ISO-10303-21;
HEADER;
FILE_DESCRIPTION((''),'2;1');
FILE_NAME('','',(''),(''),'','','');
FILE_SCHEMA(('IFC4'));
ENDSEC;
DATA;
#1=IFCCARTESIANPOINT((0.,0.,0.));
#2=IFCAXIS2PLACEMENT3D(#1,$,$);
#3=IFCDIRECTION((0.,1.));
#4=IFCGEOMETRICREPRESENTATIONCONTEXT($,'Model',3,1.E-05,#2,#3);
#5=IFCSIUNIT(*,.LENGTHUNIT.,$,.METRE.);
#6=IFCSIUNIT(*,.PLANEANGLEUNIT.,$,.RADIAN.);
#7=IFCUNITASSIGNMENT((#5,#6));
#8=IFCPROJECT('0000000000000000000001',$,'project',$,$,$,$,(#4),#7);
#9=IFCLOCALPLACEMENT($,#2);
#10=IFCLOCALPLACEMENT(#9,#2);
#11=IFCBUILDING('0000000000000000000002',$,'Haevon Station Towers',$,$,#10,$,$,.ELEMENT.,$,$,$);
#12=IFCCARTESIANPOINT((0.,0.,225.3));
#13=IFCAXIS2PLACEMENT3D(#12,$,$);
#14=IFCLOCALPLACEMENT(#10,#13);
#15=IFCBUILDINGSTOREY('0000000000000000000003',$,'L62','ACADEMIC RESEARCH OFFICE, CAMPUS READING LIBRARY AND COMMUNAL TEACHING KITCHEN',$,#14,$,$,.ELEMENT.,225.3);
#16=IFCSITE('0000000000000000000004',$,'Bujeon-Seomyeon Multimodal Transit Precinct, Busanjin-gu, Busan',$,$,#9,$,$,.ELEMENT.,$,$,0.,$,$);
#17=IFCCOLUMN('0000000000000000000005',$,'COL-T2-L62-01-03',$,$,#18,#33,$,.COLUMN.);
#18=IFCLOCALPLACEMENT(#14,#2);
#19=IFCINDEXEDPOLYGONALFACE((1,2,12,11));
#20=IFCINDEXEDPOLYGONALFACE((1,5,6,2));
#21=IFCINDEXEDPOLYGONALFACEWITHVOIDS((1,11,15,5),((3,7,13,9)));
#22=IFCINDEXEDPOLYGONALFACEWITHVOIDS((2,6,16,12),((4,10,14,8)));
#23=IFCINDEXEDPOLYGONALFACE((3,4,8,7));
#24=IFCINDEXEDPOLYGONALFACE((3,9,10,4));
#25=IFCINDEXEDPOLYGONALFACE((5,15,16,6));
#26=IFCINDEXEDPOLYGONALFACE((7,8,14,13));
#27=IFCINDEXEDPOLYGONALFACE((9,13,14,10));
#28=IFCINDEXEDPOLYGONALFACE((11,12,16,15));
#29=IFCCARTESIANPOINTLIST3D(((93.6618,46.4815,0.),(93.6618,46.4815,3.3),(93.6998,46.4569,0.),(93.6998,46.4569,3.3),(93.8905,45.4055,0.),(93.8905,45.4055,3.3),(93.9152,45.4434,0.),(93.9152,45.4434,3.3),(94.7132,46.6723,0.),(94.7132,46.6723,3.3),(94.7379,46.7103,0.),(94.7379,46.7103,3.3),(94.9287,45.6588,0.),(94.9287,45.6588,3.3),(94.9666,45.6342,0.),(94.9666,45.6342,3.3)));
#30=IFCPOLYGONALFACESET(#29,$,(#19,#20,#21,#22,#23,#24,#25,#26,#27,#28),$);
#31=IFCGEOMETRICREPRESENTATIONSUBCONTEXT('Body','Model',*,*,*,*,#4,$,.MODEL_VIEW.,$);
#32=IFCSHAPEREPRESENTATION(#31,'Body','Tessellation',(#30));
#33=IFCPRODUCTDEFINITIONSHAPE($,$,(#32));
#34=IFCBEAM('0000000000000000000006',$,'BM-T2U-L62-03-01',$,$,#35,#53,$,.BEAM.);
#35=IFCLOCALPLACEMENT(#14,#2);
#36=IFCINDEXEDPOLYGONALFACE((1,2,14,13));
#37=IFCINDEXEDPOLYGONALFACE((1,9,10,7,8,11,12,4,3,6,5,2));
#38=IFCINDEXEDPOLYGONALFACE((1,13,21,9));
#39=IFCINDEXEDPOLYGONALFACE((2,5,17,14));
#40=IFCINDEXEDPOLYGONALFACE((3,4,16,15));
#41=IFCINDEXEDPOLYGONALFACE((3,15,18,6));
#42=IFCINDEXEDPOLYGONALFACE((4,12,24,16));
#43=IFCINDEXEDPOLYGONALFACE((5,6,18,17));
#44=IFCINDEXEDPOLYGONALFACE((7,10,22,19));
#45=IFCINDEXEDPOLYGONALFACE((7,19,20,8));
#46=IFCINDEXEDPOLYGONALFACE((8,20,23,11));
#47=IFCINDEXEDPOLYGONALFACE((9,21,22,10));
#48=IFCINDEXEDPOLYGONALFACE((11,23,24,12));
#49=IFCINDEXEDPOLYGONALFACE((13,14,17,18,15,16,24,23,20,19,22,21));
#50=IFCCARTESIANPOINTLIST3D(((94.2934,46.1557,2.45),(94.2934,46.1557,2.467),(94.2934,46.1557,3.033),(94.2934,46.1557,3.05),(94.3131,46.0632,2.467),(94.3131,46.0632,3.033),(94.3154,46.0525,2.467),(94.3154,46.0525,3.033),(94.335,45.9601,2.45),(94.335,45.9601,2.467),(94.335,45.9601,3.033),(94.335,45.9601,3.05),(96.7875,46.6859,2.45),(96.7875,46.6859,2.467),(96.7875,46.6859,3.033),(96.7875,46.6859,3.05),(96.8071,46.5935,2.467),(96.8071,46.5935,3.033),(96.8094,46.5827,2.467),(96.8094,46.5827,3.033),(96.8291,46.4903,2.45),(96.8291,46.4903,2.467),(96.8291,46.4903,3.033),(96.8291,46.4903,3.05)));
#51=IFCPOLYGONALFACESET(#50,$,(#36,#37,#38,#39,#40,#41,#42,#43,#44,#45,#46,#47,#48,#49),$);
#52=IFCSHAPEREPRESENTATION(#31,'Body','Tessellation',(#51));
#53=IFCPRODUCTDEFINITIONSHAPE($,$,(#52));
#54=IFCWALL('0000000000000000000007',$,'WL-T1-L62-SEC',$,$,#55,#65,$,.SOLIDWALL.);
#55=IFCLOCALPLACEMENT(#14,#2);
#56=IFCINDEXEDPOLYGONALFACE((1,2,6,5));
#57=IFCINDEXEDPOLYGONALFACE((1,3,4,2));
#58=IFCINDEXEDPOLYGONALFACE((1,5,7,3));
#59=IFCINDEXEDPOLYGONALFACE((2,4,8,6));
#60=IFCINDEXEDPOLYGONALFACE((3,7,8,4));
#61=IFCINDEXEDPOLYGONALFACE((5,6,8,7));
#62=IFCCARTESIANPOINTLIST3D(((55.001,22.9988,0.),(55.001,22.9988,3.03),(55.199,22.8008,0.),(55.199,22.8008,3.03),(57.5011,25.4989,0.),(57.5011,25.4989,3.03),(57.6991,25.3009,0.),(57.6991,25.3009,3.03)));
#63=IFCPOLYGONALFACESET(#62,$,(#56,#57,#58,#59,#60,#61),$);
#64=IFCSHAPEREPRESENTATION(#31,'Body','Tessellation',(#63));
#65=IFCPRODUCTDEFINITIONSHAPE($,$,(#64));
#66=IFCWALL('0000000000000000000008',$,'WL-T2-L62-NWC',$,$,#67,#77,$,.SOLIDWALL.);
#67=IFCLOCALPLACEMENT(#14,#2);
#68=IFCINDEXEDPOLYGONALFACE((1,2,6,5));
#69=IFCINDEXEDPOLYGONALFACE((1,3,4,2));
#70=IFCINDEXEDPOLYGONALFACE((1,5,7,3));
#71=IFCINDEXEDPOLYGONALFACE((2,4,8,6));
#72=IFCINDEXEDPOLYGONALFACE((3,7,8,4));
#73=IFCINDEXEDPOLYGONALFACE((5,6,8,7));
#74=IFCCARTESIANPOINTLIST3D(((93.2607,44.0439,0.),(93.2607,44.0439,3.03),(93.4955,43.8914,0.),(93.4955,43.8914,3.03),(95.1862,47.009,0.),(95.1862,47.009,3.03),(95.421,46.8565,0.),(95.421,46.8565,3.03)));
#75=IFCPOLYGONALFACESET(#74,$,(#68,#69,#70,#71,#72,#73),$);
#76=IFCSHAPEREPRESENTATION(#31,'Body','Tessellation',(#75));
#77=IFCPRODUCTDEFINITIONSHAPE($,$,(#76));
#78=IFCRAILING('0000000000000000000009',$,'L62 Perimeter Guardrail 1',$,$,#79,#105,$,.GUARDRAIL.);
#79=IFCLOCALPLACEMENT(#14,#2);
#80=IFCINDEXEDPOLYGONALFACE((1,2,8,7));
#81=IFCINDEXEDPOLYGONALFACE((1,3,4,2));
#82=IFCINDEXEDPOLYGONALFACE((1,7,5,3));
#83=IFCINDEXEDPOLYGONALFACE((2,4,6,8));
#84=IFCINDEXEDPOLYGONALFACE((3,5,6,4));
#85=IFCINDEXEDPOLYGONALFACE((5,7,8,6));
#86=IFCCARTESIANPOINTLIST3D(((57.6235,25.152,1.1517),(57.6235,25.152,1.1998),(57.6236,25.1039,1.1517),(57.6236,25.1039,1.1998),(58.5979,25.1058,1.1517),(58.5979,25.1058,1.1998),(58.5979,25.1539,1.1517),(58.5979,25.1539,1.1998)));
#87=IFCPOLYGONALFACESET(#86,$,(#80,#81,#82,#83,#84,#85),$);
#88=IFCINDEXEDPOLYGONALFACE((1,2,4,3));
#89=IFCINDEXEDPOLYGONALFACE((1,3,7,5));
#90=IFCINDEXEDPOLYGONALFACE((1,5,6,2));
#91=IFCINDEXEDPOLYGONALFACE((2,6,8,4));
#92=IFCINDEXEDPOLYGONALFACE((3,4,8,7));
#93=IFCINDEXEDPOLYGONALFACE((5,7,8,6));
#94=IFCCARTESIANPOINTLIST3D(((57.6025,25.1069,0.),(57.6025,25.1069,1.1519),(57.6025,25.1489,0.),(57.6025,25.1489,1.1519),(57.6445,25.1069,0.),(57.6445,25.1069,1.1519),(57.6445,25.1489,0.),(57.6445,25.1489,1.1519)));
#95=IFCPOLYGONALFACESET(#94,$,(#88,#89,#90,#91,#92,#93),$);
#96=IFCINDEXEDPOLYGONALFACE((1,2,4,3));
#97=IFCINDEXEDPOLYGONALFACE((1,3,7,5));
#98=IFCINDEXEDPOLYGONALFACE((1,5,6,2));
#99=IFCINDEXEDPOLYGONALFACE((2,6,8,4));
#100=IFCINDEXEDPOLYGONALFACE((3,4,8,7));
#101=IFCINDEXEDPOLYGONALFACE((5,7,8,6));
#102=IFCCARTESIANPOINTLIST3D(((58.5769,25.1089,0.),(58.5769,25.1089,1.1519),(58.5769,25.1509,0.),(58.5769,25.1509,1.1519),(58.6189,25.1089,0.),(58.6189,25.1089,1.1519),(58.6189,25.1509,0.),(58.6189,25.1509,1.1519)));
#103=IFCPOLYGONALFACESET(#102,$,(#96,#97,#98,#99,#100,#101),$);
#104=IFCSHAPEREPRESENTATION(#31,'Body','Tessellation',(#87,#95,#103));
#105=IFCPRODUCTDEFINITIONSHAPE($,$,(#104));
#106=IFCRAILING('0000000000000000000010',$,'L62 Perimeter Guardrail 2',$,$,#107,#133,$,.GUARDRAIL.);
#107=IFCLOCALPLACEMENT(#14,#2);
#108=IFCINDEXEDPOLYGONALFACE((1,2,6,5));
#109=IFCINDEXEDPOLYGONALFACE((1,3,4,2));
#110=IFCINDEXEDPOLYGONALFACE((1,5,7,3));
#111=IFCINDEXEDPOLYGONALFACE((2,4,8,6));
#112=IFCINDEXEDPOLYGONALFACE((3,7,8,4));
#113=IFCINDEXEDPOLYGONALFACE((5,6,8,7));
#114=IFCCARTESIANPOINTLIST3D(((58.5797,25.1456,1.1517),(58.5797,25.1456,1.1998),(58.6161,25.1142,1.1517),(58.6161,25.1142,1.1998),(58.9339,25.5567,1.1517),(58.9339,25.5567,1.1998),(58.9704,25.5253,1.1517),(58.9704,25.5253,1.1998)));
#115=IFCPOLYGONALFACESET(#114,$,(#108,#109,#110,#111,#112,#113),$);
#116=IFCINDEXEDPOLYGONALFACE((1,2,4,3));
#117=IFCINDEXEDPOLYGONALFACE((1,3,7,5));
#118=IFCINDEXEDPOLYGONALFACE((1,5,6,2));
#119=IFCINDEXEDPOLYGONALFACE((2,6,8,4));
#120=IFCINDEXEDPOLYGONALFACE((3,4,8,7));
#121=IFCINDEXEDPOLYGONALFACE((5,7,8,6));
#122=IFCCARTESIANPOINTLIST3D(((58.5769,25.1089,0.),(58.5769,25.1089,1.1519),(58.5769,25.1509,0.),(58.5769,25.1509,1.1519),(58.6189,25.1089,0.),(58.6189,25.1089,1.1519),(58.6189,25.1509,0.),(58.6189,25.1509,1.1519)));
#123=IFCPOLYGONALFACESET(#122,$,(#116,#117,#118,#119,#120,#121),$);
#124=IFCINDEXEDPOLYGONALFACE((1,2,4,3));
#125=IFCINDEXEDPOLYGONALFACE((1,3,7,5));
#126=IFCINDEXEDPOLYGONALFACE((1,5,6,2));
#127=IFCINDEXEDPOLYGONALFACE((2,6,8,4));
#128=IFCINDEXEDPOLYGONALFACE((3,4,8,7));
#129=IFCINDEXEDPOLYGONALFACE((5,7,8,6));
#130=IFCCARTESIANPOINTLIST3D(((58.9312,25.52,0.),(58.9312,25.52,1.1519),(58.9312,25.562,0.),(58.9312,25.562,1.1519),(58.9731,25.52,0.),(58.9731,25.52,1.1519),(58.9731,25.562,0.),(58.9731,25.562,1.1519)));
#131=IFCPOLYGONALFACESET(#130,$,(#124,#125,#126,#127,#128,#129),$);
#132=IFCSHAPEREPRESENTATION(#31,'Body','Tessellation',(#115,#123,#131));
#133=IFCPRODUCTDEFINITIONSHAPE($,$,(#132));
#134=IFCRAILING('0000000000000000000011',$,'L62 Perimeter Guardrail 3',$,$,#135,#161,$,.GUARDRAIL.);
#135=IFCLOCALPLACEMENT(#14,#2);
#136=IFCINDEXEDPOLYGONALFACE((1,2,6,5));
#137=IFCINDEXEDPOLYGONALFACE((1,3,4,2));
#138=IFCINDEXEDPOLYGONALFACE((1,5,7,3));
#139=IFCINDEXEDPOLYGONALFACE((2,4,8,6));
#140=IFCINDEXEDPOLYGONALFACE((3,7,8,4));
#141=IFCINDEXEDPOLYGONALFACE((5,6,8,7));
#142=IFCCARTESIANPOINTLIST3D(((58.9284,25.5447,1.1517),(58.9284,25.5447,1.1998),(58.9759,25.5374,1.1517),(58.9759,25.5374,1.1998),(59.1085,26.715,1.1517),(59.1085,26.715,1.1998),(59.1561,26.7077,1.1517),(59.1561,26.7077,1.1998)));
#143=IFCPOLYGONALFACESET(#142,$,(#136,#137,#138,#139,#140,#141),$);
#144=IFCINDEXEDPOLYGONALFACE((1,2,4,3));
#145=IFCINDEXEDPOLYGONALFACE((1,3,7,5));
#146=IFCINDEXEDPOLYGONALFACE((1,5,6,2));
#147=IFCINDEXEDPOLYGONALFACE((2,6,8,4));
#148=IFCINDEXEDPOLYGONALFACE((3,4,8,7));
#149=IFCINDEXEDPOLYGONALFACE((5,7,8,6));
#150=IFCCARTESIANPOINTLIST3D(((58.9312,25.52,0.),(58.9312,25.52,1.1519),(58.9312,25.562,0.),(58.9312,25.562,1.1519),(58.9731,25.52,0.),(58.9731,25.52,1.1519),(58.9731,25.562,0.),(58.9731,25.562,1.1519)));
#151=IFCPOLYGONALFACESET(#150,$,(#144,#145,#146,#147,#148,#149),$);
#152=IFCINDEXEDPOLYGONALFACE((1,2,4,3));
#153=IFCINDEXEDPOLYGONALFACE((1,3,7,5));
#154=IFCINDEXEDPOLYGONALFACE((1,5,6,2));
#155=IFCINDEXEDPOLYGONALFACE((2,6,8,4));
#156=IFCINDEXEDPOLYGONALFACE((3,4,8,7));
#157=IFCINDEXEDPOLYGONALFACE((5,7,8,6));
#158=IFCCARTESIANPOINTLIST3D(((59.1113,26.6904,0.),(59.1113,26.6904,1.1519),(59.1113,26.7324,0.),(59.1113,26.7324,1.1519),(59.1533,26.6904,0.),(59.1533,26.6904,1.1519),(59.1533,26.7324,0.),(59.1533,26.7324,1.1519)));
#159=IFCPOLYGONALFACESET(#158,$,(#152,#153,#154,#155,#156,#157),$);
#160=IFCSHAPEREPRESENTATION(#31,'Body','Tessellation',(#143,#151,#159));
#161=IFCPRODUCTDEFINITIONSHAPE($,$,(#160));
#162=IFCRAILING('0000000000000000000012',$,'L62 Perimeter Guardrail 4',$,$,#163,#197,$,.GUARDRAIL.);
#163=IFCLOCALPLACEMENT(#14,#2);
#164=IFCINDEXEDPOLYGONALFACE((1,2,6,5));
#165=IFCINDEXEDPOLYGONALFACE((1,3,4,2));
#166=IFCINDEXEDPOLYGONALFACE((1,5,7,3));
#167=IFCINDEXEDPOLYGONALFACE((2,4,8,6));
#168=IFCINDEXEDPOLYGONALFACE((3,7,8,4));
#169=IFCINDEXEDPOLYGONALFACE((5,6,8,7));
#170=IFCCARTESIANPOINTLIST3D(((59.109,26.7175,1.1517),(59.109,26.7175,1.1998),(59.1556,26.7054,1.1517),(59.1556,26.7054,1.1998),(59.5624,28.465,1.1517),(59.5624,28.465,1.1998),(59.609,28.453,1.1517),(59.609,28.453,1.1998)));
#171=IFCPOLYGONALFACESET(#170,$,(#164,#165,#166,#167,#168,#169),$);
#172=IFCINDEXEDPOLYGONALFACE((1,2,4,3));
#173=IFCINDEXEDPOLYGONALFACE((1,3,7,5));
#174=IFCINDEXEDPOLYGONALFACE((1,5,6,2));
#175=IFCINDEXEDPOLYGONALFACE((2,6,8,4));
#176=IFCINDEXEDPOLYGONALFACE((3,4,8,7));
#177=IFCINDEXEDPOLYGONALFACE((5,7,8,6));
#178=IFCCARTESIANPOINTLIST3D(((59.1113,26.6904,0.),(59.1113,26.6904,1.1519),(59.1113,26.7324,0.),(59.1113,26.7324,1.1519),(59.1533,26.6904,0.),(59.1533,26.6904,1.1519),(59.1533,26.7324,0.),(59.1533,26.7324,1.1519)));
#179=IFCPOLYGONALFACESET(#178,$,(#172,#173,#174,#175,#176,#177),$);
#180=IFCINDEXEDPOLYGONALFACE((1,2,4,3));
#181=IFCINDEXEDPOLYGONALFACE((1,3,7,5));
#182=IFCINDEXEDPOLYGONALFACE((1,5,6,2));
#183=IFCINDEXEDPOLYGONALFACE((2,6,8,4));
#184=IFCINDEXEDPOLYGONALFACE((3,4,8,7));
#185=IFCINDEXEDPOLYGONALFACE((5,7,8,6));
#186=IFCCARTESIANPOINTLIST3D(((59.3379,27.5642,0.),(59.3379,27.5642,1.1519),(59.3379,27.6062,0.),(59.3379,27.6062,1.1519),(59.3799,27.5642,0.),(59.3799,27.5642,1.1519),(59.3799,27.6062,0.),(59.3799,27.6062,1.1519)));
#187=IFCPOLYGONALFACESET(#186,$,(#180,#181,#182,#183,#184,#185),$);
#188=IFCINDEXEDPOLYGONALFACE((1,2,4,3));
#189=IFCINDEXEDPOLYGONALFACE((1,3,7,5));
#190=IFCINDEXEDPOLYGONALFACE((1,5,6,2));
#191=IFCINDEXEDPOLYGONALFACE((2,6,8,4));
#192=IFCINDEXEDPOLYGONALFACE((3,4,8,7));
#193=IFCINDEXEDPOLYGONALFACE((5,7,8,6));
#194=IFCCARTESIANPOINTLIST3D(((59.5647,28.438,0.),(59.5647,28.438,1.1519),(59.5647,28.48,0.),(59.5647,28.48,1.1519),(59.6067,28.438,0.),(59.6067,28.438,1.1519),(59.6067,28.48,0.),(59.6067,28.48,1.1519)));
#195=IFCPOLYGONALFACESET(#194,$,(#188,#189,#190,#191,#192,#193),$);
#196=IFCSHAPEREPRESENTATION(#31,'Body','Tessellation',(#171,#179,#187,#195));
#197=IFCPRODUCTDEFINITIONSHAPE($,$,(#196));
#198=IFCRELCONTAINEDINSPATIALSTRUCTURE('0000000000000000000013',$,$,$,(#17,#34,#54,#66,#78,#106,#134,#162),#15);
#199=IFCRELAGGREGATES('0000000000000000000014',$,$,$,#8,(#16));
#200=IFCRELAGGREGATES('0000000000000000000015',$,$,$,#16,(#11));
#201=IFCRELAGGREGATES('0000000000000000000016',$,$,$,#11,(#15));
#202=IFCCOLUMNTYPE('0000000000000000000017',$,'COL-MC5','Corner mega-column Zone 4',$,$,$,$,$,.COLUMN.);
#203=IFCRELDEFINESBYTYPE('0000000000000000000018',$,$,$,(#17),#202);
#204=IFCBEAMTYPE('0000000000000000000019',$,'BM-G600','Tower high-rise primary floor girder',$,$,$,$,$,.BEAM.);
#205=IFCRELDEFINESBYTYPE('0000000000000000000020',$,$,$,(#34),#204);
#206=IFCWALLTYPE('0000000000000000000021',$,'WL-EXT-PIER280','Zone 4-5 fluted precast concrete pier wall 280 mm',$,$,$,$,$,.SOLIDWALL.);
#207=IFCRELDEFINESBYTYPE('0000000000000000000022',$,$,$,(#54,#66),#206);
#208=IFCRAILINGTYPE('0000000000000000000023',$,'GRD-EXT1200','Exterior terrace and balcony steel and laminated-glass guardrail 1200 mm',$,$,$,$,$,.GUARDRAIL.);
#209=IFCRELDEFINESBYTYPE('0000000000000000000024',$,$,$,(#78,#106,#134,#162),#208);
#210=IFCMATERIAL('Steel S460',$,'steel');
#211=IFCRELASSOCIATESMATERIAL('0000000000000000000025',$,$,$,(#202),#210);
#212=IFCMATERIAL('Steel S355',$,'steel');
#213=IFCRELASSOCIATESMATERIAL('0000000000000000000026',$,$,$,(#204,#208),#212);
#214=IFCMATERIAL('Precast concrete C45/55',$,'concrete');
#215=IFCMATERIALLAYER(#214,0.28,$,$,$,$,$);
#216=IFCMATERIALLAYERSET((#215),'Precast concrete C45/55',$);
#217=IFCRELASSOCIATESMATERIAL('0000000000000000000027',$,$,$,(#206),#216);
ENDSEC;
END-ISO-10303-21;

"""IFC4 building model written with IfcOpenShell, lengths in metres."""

from ifc_helpers import new_model, si_unit, direction, frame, frame_2d, origin, origin_2d, place, context, subcontext, project, spatial, rectangle, hollow_rectangle, i_section, extrude, material, layer, layer_set, material_profile, profile_set, type_object, element, save


model = new_model("IFC4")

# Units and contexts
model_context = context("Model", 3, precision=1e-05, world=origin(), true_north=direction((0.0, 1.0)))
body_context = subcontext(model_context, "Body", "Model", "MODEL_VIEW")
ifc_project = project(units=[si_unit("LENGTHUNIT", "METRE"), si_unit("PLANEANGLEUNIT", "RADIAN")], contexts=[model_context])

# Site, building, storey
site_placement = place(None, origin())
site = spatial("IfcSite", under=ifc_project, at=site_placement, Name="Bujeon-Seomyeon Multimodal Transit Precinct, Busanjin-gu, Busan", CompositionType="ELEMENT", RefElevation=0.0)
building_placement = place(site_placement, origin())
building = spatial("IfcBuilding", under=site, at=building_placement, Name="Haevon Station Towers", CompositionType="ELEMENT")
storey_placement = place(building_placement, frame((0.0, 0.0, 225.3)))
storey = spatial("IfcBuildingStorey", under=building, at=storey_placement, Name="L62", Description="ACADEMIC RESEARCH OFFICE, CAMPUS READING LIBRARY AND COMMUNAL TEACHING KITCHEN", CompositionType="ELEMENT", Elevation=225.3)

# Column
ifc_material_1 = material(Name="Steel S460", Category="steel")
ifc_material_profile_1 = material_profile(ifc_material_1, hollow_rectangle(XDim=1.1001, YDim=1.1001, WallThickness=0.032, at=origin_2d()), Name="BOX-1100x1100x32")
ifc_profile_set_1 = profile_set([ifc_material_profile_1], Name="Steel S460")
column_type = type_object("IfcColumnType", Name="COL-MC5", Description="Corner mega-column Zone 4", PredefinedType="COLUMN", material=ifc_profile_set_1)
column_placement = place(storey_placement, frame((94.3142, 46.0579, 0.0), z_axis=(0.0, 0.0, 1.0), x_axis=(0.978148, 0.207912, 0.0)))
element("IfcColumn", 1, at=column_placement, inside=storey, type_object=column_type, Name="COL-T2-L62-01-03", PredefinedType="COLUMN", context=body_context, shape_type="SweptSolid", body=[
    extrude(hollow_rectangle(XDim=1.1001, YDim=1.1001, WallThickness=0.032, at=origin_2d()), origin(), (0.0, 0.0, 1.0), 3.3),
])

# Beam
ifc_material_2 = material(Name="Steel S355", Category="steel")
ifc_material_profile_2 = material_profile(ifc_material_2, i_section(OverallWidth=0.2, OverallDepth=0.6001, WebThickness=0.011, FlangeThickness=0.0171, at=origin_2d()), Name="H-600x200x11x17")
ifc_profile_set_2 = profile_set([ifc_material_profile_2], Name="Steel S355")
beam_type = type_object("IfcBeamType", Name="BM-G600", Description="Tower high-rise primary floor girder", PredefinedType="BEAM", material=ifc_profile_set_2)
beam_placement = place(storey_placement, frame((94.3142, 46.0579, 2.75), z_axis=(0.978137, 0.20796, 0.0), x_axis=(-0.20796, 0.978137, 0.0)))
element("IfcBeam", 2, at=beam_placement, inside=storey, type_object=beam_type, Name="BM-T2U-L62-03-01", PredefinedType="BEAM", context=body_context, shape_type="SweptSolid", body=[
    extrude(i_section(OverallWidth=0.2, OverallDepth=0.6001, WebThickness=0.011, FlangeThickness=0.0171, at=origin_2d()), origin(), (0.0, 0.0, 1.0), 2.5498),
])

# Walls
ifc_material_3 = material(Name="Precast concrete C45/55", Category="concrete")
ifc_layer_1 = layer(ifc_material_3, 0.28)
ifc_layer_set_1 = layer_set([ifc_layer_1], Name="Precast concrete C45/55")
wall_type = type_object("IfcWallType", Name="WL-EXT-PIER280", Description="Zone 4-5 fluted precast concrete pier wall 280 mm", PredefinedType="SOLIDWALL", material=ifc_layer_set_1)
wall_1_placement = place(storey_placement, frame((57.6001, 25.3999, 0.0), z_axis=(0.0, 0.0, 1.0), x_axis=(-0.707107, -0.707107, 0.0)))
element("IfcWall", 3, at=wall_1_placement, inside=storey, type_object=wall_type, Name="WL-T1-L62-SEC", PredefinedType="SOLIDWALL", context=body_context, shape_type="SweptSolid", body=[
    extrude(rectangle(XDim=3.5356, YDim=0.28, at=frame_2d((1.7678, 0.0))), origin(), (0.0, 0.0, 1.0), 3.03),
])
wall_2_placement = place(storey_placement, frame((93.3782, 43.9678, 0.0), z_axis=(0.0, 0.0, 1.0), x_axis=(0.544636, 0.838672, 0.0)))
element("IfcWall", 4, at=wall_2_placement, inside=storey, type_object=wall_type, Name="WL-T2-L62-NWC", PredefinedType="SOLIDWALL", context=body_context, shape_type="SweptSolid", body=[
    extrude(rectangle(XDim=3.5354, YDim=0.28, at=frame_2d((1.7676, 0.0))), origin(), (0.0, 0.0, 1.0), 3.03),
])

# Railings
railing_type = type_object("IfcRailingType", Name="GRD-EXT1200", Description="Exterior terrace and balcony steel and laminated-glass guardrail 1200 mm", PredefinedType="GUARDRAIL", material=ifc_material_2)
railing_1_placement = place(storey_placement, frame((57.6235, 25.1279, 0.0)))
element("IfcRailing", 5, at=railing_1_placement, inside=storey, type_object=railing_type, Name="L62 Perimeter Guardrail 1", PredefinedType="GUARDRAIL", context=body_context, shape_type="SweptSolid", body=[
    extrude(rectangle(XDim=0.0481, YDim=0.0481, at=origin_2d()), frame((0.0, 0.0, 1.1758), z_axis=(0.999998, 0.002005, 0.0), x_axis=(-0.002005, 0.999998, 0.0)), (0.0, 0.0, 1.0), 0.9744),
    extrude(rectangle(XDim=0.042, YDim=0.042, at=origin_2d()), origin(), (0.0, 0.0, 1.0), 1.1519),
    extrude(rectangle(XDim=0.042, YDim=0.042, at=origin_2d()), frame((0.9744, 0.002, 0.0)), (0.0, 0.0, 1.0), 1.1519),
])
railing_2_placement = place(storey_placement, frame((58.5979, 25.1299, 0.0)))
element("IfcRailing", 6, at=railing_2_placement, inside=storey, type_object=railing_type, Name="L62 Perimeter Guardrail 2", PredefinedType="GUARDRAIL", context=body_context, shape_type="SweptSolid", body=[
    extrude(rectangle(XDim=0.0481, YDim=0.0481, at=origin_2d()), frame((0.0, 0.0, 1.1758), z_axis=(0.652753, 0.757571, 0.0), x_axis=(-0.757571, 0.652753, 0.0)), (0.0, 0.0, 1.0), 0.5427),
    extrude(rectangle(XDim=0.042, YDim=0.042, at=origin_2d()), origin(), (0.0, 0.0, 1.0), 1.1519),
    extrude(rectangle(XDim=0.042, YDim=0.042, at=origin_2d()), frame((0.3542, 0.4111, 0.0)), (0.0, 0.0, 1.0), 1.1519),
])
railing_3_placement = place(storey_placement, frame((58.9521, 25.541, 0.0)))
element("IfcRailing", 7, at=railing_3_placement, inside=storey, type_object=railing_type, Name="L62 Perimeter Guardrail 3", PredefinedType="GUARDRAIL", context=body_context, shape_type="SweptSolid", body=[
    extrude(rectangle(XDim=0.0481, YDim=0.0481, at=origin_2d()), frame((0.0, 0.0, 1.1758), z_axis=(0.15215, 0.988357, 0.0), x_axis=(-0.988357, 0.15215, 0.0)), (0.0, 0.0, 1.0), 1.1841),
    extrude(rectangle(XDim=0.042, YDim=0.042, at=origin_2d()), origin(), (0.0, 0.0, 1.0), 1.1519),
    extrude(rectangle(XDim=0.042, YDim=0.042, at=origin_2d()), frame((0.1802, 1.1704, 0.0)), (0.0, 0.0, 1.0), 1.1519),
])
railing_4_placement = place(storey_placement, frame((59.1323, 26.7114, 0.0)))
element("IfcRailing", 8, at=railing_4_placement, inside=storey, type_object=railing_type, Name="L62 Perimeter Guardrail 4", PredefinedType="GUARDRAIL", context=body_context, shape_type="SweptSolid", body=[
    extrude(rectangle(XDim=0.0481, YDim=0.0481, at=origin_2d()), frame((0.0, 0.0, 1.1758), z_axis=(0.251117, 0.967957, 0.0), x_axis=(-0.967957, 0.251117, 0.0)), (0.0, 0.0, 1.0), 1.8054),
    extrude(rectangle(XDim=0.042, YDim=0.042, at=origin_2d()), origin(), (0.0, 0.0, 1.0), 1.1519),
    extrude(rectangle(XDim=0.042, YDim=0.042, at=origin_2d()), frame((0.2266, 0.8738, 0.0)), (0.0, 0.0, 1.0), 1.1519),
    extrude(rectangle(XDim=0.042, YDim=0.042, at=origin_2d()), frame((0.4534, 1.7476, 0.0)), (0.0, 0.0, 1.0), 1.1519),
])

save(model, "model.ifc")
